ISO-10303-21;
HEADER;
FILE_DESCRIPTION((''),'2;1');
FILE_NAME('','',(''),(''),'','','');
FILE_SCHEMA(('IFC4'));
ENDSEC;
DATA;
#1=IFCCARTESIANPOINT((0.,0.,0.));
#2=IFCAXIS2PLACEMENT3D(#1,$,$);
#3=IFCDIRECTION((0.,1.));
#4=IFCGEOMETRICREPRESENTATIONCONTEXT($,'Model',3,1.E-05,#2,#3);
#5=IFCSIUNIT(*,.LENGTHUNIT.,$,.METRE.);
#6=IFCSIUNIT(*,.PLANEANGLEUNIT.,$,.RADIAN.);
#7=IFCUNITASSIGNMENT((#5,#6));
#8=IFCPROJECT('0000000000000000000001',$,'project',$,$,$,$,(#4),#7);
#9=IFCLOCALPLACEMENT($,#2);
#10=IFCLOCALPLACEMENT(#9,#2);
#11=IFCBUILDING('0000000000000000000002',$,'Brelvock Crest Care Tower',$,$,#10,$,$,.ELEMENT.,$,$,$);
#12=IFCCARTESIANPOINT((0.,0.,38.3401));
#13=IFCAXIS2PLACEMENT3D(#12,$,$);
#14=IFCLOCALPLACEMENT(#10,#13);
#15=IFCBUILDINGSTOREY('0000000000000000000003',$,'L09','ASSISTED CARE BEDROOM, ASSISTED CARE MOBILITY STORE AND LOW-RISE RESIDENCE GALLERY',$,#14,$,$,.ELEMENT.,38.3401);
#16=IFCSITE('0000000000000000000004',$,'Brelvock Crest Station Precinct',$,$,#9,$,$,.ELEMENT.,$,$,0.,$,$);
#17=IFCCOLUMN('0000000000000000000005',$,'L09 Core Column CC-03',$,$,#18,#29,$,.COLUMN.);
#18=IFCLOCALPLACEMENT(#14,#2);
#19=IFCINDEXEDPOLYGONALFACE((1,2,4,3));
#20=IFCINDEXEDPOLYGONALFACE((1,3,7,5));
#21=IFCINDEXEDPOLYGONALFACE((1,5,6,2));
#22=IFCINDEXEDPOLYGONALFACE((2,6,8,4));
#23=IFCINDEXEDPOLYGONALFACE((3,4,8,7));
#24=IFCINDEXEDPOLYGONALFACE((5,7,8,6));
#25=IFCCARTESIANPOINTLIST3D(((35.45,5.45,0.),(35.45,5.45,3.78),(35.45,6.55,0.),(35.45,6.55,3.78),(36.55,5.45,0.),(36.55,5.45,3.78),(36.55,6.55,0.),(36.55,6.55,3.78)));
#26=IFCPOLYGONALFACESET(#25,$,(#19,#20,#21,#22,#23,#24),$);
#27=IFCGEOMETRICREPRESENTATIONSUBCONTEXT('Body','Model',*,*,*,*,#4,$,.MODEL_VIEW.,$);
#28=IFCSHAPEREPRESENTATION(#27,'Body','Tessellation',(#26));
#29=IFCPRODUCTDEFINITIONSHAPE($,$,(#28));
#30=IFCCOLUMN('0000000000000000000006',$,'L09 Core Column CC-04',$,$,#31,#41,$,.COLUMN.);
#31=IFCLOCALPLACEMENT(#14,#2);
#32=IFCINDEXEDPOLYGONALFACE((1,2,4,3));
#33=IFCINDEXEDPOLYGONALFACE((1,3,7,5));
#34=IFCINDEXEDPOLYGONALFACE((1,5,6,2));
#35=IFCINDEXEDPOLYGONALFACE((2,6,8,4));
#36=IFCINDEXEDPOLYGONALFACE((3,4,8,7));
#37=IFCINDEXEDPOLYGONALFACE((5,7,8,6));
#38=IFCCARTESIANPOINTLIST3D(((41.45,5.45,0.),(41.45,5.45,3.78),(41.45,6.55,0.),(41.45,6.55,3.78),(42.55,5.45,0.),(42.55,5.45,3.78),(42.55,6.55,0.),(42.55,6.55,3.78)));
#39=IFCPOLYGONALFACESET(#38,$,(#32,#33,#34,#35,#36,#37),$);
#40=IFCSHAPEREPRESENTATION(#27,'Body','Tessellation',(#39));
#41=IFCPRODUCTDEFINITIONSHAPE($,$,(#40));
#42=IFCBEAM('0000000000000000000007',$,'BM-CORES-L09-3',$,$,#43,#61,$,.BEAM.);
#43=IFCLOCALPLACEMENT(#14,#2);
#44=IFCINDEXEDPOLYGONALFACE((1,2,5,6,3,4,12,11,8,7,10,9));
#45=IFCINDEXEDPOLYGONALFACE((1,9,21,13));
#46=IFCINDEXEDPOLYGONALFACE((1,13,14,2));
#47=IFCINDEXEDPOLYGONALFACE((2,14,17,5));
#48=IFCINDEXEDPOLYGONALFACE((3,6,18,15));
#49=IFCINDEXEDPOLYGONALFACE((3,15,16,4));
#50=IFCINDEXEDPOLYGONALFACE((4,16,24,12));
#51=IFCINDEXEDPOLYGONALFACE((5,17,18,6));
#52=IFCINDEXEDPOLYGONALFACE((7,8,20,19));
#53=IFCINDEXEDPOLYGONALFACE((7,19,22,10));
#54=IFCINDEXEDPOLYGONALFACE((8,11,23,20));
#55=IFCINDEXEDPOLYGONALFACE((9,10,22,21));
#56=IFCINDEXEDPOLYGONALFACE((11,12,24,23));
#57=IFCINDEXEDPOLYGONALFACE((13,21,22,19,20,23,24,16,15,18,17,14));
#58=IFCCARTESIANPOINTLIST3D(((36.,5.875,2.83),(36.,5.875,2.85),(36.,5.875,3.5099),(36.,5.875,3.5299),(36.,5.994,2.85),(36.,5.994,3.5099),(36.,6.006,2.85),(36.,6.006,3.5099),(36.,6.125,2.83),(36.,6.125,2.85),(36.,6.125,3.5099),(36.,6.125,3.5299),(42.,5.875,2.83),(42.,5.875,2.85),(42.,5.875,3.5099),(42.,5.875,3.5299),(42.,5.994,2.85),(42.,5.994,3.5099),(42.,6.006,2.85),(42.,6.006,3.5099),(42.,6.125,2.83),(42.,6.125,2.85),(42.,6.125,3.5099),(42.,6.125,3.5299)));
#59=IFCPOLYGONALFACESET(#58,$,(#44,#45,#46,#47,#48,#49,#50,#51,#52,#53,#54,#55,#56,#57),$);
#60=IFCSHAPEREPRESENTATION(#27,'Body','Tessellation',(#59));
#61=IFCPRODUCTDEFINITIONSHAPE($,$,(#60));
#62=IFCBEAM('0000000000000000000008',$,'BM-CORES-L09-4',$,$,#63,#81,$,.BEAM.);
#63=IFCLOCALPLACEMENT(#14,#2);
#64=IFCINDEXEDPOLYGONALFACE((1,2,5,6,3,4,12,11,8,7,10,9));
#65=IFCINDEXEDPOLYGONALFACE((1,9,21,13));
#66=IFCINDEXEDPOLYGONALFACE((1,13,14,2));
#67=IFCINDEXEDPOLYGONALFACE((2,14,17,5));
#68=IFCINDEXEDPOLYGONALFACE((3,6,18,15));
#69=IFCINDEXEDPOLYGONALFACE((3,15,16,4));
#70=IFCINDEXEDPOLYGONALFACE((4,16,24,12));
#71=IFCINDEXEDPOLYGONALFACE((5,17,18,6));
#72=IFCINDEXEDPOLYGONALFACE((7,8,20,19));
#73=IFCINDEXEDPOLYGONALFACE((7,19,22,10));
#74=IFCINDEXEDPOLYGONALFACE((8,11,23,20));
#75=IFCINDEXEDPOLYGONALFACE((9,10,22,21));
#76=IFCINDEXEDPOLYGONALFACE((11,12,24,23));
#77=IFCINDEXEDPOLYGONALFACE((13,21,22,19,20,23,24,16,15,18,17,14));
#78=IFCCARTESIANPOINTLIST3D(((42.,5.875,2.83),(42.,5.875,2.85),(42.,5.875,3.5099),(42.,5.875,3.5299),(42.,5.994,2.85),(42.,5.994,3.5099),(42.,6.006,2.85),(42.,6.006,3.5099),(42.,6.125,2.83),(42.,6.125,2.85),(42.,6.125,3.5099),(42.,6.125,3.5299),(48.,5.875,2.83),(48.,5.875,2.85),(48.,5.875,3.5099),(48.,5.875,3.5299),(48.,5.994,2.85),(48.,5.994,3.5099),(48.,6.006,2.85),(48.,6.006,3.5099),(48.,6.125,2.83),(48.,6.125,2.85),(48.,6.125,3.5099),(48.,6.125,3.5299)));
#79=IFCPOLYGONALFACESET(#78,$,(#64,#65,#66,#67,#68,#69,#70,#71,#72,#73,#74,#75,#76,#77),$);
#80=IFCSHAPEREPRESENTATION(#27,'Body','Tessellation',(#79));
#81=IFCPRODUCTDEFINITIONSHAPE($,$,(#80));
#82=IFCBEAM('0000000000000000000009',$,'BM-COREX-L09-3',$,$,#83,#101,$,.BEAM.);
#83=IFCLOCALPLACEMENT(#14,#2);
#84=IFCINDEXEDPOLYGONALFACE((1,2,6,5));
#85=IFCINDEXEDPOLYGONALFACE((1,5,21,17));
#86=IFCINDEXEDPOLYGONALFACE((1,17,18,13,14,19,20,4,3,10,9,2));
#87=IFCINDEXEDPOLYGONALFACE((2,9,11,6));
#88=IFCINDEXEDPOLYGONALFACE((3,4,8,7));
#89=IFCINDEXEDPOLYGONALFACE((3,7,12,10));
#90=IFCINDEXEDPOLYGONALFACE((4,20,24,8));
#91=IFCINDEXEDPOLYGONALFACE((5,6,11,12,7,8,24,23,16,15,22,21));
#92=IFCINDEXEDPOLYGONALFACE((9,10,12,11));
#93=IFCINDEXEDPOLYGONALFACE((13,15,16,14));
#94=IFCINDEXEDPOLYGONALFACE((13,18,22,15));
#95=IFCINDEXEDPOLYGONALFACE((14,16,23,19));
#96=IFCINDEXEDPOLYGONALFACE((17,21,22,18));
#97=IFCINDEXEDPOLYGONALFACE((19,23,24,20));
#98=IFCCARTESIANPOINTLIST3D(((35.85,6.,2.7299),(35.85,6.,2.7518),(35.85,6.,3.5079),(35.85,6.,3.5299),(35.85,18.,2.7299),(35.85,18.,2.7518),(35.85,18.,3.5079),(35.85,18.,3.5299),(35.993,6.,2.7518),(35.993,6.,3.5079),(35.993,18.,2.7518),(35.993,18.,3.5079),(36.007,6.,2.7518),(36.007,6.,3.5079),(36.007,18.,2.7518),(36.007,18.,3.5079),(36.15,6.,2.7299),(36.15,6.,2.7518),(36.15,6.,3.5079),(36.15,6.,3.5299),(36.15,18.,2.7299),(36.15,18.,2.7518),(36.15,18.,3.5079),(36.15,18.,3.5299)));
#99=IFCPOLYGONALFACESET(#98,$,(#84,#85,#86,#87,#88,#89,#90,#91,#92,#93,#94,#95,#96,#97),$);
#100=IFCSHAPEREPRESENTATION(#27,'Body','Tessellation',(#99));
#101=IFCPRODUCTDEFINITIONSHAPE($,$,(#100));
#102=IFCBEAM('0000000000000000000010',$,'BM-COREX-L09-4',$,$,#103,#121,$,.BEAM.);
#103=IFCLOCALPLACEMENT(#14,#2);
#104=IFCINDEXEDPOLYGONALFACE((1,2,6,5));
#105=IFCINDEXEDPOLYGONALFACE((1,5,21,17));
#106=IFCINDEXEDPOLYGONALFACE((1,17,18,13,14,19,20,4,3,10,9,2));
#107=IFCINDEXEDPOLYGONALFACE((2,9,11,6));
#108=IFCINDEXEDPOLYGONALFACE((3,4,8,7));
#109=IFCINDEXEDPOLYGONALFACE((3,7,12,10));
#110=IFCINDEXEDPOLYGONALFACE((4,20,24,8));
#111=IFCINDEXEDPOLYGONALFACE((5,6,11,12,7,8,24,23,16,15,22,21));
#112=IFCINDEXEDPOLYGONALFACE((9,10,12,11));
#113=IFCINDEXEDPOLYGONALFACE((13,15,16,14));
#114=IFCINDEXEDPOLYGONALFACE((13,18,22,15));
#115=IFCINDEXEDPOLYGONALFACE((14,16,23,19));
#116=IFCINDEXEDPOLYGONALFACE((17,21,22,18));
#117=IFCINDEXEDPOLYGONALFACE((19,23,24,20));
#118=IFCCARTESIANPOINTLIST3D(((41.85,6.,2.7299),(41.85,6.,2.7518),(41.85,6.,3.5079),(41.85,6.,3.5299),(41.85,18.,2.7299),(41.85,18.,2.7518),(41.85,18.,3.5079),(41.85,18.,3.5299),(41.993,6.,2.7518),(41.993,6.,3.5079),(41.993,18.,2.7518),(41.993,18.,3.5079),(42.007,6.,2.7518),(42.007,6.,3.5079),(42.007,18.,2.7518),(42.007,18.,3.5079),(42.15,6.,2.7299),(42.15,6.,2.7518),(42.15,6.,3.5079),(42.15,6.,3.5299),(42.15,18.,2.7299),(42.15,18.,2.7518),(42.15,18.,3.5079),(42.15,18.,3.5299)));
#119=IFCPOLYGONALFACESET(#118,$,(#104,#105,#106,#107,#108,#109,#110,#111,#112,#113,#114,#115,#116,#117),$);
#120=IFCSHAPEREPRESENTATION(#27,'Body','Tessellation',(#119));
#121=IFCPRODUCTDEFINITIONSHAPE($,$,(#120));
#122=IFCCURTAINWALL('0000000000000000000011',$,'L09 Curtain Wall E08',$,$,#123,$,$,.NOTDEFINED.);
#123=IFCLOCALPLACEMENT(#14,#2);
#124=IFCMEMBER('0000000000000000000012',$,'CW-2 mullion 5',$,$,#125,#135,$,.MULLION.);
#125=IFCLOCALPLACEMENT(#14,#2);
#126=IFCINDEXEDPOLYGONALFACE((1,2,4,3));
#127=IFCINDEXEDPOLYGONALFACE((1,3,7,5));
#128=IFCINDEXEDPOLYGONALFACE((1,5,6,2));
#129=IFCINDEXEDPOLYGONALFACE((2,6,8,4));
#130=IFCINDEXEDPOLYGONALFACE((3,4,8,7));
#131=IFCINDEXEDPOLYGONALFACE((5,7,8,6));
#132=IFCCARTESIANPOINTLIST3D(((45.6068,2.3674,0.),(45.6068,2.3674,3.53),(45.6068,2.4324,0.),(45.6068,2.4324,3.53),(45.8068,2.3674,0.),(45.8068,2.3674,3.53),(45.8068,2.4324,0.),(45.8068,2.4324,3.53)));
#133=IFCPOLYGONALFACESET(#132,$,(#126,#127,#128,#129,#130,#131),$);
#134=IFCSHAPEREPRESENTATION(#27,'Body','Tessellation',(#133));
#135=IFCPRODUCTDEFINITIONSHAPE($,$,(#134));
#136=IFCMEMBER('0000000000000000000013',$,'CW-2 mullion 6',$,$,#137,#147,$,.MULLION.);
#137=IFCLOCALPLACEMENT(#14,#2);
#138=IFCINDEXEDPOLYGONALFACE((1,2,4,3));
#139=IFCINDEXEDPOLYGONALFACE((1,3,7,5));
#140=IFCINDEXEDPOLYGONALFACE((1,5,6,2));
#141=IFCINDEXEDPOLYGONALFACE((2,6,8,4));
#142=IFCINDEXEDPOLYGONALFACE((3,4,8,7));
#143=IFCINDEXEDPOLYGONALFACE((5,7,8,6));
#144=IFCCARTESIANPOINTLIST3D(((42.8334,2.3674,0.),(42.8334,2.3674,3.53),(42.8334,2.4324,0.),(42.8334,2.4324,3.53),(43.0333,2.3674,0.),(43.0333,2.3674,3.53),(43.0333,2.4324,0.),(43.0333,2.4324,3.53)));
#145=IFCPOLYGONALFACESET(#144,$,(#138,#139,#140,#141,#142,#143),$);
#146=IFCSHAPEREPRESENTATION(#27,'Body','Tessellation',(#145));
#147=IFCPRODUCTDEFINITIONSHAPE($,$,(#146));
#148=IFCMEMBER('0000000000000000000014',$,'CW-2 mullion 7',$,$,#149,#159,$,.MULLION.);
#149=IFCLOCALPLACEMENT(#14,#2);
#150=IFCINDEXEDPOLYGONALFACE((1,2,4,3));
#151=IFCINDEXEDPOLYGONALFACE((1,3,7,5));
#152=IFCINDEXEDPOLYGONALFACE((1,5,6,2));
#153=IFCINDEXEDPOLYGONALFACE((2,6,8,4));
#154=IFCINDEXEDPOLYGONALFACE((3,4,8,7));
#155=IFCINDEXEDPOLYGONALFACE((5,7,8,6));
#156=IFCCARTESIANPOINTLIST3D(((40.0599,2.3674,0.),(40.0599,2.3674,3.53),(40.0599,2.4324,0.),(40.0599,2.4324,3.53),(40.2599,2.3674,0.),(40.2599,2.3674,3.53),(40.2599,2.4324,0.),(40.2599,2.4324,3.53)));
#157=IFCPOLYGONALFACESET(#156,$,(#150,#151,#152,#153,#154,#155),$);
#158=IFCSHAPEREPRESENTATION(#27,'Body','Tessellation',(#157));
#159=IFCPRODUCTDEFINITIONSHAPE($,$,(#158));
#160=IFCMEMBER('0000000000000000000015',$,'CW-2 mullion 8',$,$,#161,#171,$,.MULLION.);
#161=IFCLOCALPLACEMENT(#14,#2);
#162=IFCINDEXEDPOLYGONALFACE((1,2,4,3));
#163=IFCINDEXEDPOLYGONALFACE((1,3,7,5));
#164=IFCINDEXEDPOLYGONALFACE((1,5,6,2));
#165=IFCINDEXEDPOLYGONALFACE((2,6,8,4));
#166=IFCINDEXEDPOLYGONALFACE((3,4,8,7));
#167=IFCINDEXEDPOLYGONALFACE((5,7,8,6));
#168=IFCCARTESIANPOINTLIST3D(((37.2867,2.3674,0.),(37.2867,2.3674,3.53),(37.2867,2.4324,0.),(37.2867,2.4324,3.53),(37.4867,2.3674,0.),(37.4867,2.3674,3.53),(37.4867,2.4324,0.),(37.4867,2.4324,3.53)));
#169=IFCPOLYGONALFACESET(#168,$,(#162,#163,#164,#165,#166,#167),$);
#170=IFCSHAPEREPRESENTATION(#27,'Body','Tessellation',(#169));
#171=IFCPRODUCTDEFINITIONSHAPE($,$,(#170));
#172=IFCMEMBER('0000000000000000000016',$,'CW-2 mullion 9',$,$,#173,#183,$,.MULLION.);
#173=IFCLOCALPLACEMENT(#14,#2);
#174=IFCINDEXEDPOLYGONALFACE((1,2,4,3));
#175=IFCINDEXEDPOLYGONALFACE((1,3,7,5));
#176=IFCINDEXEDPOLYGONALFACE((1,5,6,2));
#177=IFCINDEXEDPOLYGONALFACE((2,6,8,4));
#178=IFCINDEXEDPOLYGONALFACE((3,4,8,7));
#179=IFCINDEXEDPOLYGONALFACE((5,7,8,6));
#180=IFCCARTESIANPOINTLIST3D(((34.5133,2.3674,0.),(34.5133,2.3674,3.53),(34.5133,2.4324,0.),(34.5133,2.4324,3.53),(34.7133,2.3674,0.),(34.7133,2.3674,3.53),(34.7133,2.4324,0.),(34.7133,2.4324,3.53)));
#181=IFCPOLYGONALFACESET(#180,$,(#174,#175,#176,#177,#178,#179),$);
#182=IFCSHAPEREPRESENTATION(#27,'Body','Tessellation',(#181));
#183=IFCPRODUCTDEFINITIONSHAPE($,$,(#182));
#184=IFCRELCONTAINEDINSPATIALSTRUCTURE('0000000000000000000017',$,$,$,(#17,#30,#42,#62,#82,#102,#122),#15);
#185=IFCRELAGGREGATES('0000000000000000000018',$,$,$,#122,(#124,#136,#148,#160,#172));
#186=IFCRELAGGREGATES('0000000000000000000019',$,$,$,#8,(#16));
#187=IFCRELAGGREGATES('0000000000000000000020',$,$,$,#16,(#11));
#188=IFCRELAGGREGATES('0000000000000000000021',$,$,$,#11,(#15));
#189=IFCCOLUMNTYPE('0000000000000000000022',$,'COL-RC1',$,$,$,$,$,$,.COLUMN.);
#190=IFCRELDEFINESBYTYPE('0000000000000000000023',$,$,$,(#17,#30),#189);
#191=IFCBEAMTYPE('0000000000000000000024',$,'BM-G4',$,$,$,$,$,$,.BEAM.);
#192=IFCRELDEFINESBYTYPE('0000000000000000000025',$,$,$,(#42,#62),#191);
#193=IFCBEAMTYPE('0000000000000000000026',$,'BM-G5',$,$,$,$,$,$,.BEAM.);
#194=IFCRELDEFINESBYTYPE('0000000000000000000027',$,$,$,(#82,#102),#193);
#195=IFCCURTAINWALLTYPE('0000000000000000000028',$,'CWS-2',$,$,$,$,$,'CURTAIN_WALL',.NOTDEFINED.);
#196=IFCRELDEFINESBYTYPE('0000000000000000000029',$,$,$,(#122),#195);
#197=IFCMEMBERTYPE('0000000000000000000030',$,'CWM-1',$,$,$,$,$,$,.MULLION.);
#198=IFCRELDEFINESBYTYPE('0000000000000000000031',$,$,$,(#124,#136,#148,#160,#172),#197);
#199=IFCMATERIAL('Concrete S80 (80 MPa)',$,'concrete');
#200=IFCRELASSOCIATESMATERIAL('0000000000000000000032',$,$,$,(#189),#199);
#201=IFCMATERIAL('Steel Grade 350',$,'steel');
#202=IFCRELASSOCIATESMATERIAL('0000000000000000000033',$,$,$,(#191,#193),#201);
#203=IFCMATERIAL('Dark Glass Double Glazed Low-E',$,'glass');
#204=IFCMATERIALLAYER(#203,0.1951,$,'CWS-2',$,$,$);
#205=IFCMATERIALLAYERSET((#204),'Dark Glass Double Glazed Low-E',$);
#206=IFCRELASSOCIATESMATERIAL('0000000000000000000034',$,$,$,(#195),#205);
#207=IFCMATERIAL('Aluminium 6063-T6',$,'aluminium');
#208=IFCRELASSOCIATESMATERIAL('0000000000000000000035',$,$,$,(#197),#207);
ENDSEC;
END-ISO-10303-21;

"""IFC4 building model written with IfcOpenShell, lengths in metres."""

from ifc_helpers import new_model, si_unit, direction, frame, origin, origin_2d, place, context, subcontext, project, spatial, rectangle, i_section, extrude, source, transform, mapped, material, layer, layer_set, material_profile, profile_set, type_object, element, aggregate, save


model = new_model("IFC4")

# Units and contexts
model_context = context("Model", 3, precision=1e-05, world=origin(), true_north=direction((0.0, 1.0)))
body_context = subcontext(model_context, "Body", "Model", "MODEL_VIEW")
ifc_project = project(units=[si_unit("LENGTHUNIT", "METRE"), si_unit("PLANEANGLEUNIT", "RADIAN")], contexts=[model_context])

# Site, building, storey
site_placement = place(None, origin())
site = spatial("IfcSite", under=ifc_project, at=site_placement, Name="Brelvock Crest Station Precinct", CompositionType="ELEMENT", RefElevation=0.0)
building_placement = place(site_placement, origin())
building = spatial("IfcBuilding", under=site, at=building_placement, Name="Brelvock Crest Care Tower", CompositionType="ELEMENT")
storey_placement = place(building_placement, frame((0.0, 0.0, 38.3401)))
storey = spatial("IfcBuildingStorey", under=building, at=storey_placement, Name="L09", Description="ASSISTED CARE BEDROOM, ASSISTED CARE MOBILITY STORE AND LOW-RISE RESIDENCE GALLERY", CompositionType="ELEMENT", Elevation=38.3401)

# Columns
ifc_material_1 = material(Name="Concrete S80 (80 MPa)", Category="concrete")
ifc_material_profile_1 = material_profile(ifc_material_1, rectangle(XDim=1.1001, YDim=1.1001, at=origin_2d()), Name="RC1100x1100")
ifc_profile_set_1 = profile_set([ifc_material_profile_1], Name="Concrete S80 (80 MPa)")
column_type = type_object("IfcColumnType", Name="COL-RC1", PredefinedType="COLUMN", material=ifc_profile_set_1)
shared_shape_1 = source(origin(), body_context, "Body", "SweptSolid", [
    extrude(rectangle(XDim=1.1001, YDim=1.1001, at=origin_2d()), origin(), (0.0, 0.0, 1.0), 3.78),
])
for number, where, z_axis, x_axis, name in (
    (1, (36.0, 6.0, 0.0), (0.0, 0.0, 1.0), (1.0, 0.0, 0.0), "L09 Core Column CC-03"),
    (2, (42.0, 6.0, 0.0), (0.0, 0.0, 1.0), (1.0, 0.0, 0.0), "L09 Core Column CC-04"),
):
    element("IfcColumn", number, at=place(storey_placement, frame(where, z_axis=z_axis, x_axis=x_axis)), inside=storey, type_object=column_type, Name=name, PredefinedType="COLUMN", context=body_context, shape_type="MappedRepresentation", body=[
        mapped(shared_shape_1, transform((0.0, 0.0, 0.0), x_axis=(1.0, 0.0, 0.0), y_axis=(0.0, 1.0, 0.0), z_axis=(0.0, 0.0, 1.0), scale=1.0)),
    ])

# Beams
ifc_material_2 = material(Name="Steel Grade 350", Category="steel")
ifc_material_profile_2 = material_profile(ifc_material_2, i_section(OverallWidth=0.25, OverallDepth=0.7, WebThickness=0.012, FlangeThickness=0.02, at=origin_2d()), Name="700WB150")
ifc_profile_set_2 = profile_set([ifc_material_profile_2], Name="Steel Grade 350")
beam_type_1 = type_object("IfcBeamType", Name="BM-G4", PredefinedType="BEAM", material=ifc_profile_set_2)
shared_shape_2 = source(origin(), body_context, "Body", "SweptSolid", [
    extrude(i_section(OverallWidth=0.25, OverallDepth=0.7, WebThickness=0.012, FlangeThickness=0.02, at=origin_2d()), origin(), (0.0, 0.0, 1.0), 6.0),
])
for number, where, z_axis, x_axis, name in (
    (3, (36.0, 6.0, 3.1799), (1.0, 0.0, 0.0), (0.0, 1.0, 0.0), "BM-CORES-L09-3"),
    (4, (42.0, 6.0, 3.1799), (1.0, 0.0, 0.0), (0.0, 1.0, 0.0), "BM-CORES-L09-4"),
):
    element("IfcBeam", number, at=place(storey_placement, frame(where, z_axis=z_axis, x_axis=x_axis)), inside=storey, type_object=beam_type_1, Name=name, PredefinedType="BEAM", context=body_context, shape_type="MappedRepresentation", body=[
        mapped(shared_shape_2, transform((0.0, 0.0, 0.0), x_axis=(1.0, 0.0, 0.0), y_axis=(0.0, 1.0, 0.0), z_axis=(0.0, 0.0, 1.0), scale=1.0)),
    ])
ifc_material_profile_3 = material_profile(ifc_material_2, i_section(OverallWidth=0.3, OverallDepth=0.8, WebThickness=0.0139, FlangeThickness=0.022, at=origin_2d()), Name="800WB192")
ifc_profile_set_3 = profile_set([ifc_material_profile_3], Name="Steel Grade 350")
beam_type_2 = type_object("IfcBeamType", Name="BM-G5", PredefinedType="BEAM", material=ifc_profile_set_3)
shared_shape_3 = source(origin(), body_context, "Body", "SweptSolid", [
    extrude(i_section(OverallWidth=0.3, OverallDepth=0.8, WebThickness=0.0139, FlangeThickness=0.022, at=origin_2d()), origin(), (0.0, 0.0, 1.0), 12.0),
])
for number, where, z_axis, x_axis, name in (
    (5, (36.0, 6.0, 3.1299), (0.0, 1.0, 0.0), (-1.0, 0.0, 0.0), "BM-COREX-L09-3"),
    (6, (42.0, 6.0, 3.1299), (0.0, 1.0, 0.0), (-1.0, 0.0, 0.0), "BM-COREX-L09-4"),
):
    element("IfcBeam", number, at=place(storey_placement, frame(where, z_axis=z_axis, x_axis=x_axis)), inside=storey, type_object=beam_type_2, Name=name, PredefinedType="BEAM", context=body_context, shape_type="MappedRepresentation", body=[
        mapped(shared_shape_3, transform((0.0, 0.0, 0.0), x_axis=(1.0, 0.0, 0.0), y_axis=(0.0, 1.0, 0.0), z_axis=(0.0, 0.0, 1.0), scale=1.0)),
    ])

# Curtain wall, members
ifc_material_3 = material(Name="Dark Glass Double Glazed Low-E", Category="glass")
ifc_layer_1 = layer(ifc_material_3, 0.1951, Name="CWS-2")
ifc_layer_set_1 = layer_set([ifc_layer_1], Name="Dark Glass Double Glazed Low-E")
curtain_wall_type = type_object("IfcCurtainWallType", Name="CWS-2", ElementType="CURTAIN_WALL", PredefinedType="NOTDEFINED", material=ifc_layer_set_1)
curtain_wall_placement = place(storey_placement, origin())
curtain_wall = element("IfcCurtainWall", 7, at=curtain_wall_placement, inside=storey, type_object=curtain_wall_type, Name="L09 Curtain Wall E08", PredefinedType="NOTDEFINED")
ifc_material_4 = material(Name="Aluminium 6063-T6", Category="aluminium")
ifc_material_profile_4 = material_profile(ifc_material_4, rectangle(XDim=0.0649, YDim=0.2, at=origin_2d()), Name="ALU65x200")
ifc_profile_set_4 = profile_set([ifc_material_profile_4], Name="Aluminium 6063-T6")
member_type_1 = type_object("IfcMemberType", Name="CWM-1", PredefinedType="MULLION", material=ifc_profile_set_4)
shared_shape_4 = source(origin(), body_context, "Body", "SweptSolid", [
    extrude(rectangle(XDim=0.0649, YDim=0.2, at=origin_2d()), origin(), (0.0, 0.0, 1.0), 3.53),
])
member_1_placement = place(storey_placement, frame((45.7068, 2.3999, 0.0), z_axis=(0.0, 0.0, 1.0), x_axis=(0.0, -1.0, 0.0)))
member_1 = element("IfcMember", 8, at=member_1_placement, type_object=member_type_1, Name="CW-2 mullion 5", PredefinedType="MULLION", context=body_context, shape_type="MappedRepresentation", body=[
    mapped(shared_shape_4, transform((0.0, 0.0, 0.0), x_axis=(1.0, 0.0, 0.0), y_axis=(0.0, 1.0, 0.0), z_axis=(0.0, 0.0, 1.0), scale=1.0)),
])
member_2_placement = place(storey_placement, frame((42.9333, 2.3999, 0.0), z_axis=(0.0, 0.0, 1.0), x_axis=(0.0, -1.0, 0.0)))
member_2 = element("IfcMember", 9, at=member_2_placement, type_object=member_type_1, Name="CW-2 mullion 6", PredefinedType="MULLION", context=body_context, shape_type="MappedRepresentation", body=[
    mapped(shared_shape_4, transform((0.0, 0.0, 0.0), x_axis=(1.0, 0.0, 0.0), y_axis=(0.0, 1.0, 0.0), z_axis=(0.0, 0.0, 1.0), scale=1.0)),
])
member_3_placement = place(storey_placement, frame((40.1599, 2.3999, 0.0), z_axis=(0.0, 0.0, 1.0), x_axis=(0.0, -1.0, 0.0)))
member_3 = element("IfcMember", 10, at=member_3_placement, type_object=member_type_1, Name="CW-2 mullion 7", PredefinedType="MULLION", context=body_context, shape_type="MappedRepresentation", body=[
    mapped(shared_shape_4, transform((0.0, 0.0, 0.0), x_axis=(1.0, 0.0, 0.0), y_axis=(0.0, 1.0, 0.0), z_axis=(0.0, 0.0, 1.0), scale=1.0)),
])
member_4_placement = place(storey_placement, frame((37.3867, 2.3999, 0.0), z_axis=(0.0, 0.0, 1.0), x_axis=(0.0, -1.0, 0.0)))
member_4 = element("IfcMember", 11, at=member_4_placement, type_object=member_type_1, Name="CW-2 mullion 8", PredefinedType="MULLION", context=body_context, shape_type="MappedRepresentation", body=[
    mapped(shared_shape_4, transform((0.0, 0.0, 0.0), x_axis=(1.0, 0.0, 0.0), y_axis=(0.0, 1.0, 0.0), z_axis=(0.0, 0.0, 1.0), scale=1.0)),
])
member_5_placement = place(storey_placement, frame((34.6133, 2.3999, 0.0), z_axis=(0.0, 0.0, 1.0), x_axis=(0.0, -1.0, 0.0)))
member_5 = element("IfcMember", 12, at=member_5_placement, type_object=member_type_1, Name="CW-2 mullion 9", PredefinedType="MULLION", context=body_context, shape_type="MappedRepresentation", body=[
    mapped(shared_shape_4, transform((0.0, 0.0, 0.0), x_axis=(1.0, 0.0, 0.0), y_axis=(0.0, 1.0, 0.0), z_axis=(0.0, 0.0, 1.0), scale=1.0)),
])
aggregate(curtain_wall, [member_1, member_2, member_3, member_4, member_5])

save(model, "model.ifc")
